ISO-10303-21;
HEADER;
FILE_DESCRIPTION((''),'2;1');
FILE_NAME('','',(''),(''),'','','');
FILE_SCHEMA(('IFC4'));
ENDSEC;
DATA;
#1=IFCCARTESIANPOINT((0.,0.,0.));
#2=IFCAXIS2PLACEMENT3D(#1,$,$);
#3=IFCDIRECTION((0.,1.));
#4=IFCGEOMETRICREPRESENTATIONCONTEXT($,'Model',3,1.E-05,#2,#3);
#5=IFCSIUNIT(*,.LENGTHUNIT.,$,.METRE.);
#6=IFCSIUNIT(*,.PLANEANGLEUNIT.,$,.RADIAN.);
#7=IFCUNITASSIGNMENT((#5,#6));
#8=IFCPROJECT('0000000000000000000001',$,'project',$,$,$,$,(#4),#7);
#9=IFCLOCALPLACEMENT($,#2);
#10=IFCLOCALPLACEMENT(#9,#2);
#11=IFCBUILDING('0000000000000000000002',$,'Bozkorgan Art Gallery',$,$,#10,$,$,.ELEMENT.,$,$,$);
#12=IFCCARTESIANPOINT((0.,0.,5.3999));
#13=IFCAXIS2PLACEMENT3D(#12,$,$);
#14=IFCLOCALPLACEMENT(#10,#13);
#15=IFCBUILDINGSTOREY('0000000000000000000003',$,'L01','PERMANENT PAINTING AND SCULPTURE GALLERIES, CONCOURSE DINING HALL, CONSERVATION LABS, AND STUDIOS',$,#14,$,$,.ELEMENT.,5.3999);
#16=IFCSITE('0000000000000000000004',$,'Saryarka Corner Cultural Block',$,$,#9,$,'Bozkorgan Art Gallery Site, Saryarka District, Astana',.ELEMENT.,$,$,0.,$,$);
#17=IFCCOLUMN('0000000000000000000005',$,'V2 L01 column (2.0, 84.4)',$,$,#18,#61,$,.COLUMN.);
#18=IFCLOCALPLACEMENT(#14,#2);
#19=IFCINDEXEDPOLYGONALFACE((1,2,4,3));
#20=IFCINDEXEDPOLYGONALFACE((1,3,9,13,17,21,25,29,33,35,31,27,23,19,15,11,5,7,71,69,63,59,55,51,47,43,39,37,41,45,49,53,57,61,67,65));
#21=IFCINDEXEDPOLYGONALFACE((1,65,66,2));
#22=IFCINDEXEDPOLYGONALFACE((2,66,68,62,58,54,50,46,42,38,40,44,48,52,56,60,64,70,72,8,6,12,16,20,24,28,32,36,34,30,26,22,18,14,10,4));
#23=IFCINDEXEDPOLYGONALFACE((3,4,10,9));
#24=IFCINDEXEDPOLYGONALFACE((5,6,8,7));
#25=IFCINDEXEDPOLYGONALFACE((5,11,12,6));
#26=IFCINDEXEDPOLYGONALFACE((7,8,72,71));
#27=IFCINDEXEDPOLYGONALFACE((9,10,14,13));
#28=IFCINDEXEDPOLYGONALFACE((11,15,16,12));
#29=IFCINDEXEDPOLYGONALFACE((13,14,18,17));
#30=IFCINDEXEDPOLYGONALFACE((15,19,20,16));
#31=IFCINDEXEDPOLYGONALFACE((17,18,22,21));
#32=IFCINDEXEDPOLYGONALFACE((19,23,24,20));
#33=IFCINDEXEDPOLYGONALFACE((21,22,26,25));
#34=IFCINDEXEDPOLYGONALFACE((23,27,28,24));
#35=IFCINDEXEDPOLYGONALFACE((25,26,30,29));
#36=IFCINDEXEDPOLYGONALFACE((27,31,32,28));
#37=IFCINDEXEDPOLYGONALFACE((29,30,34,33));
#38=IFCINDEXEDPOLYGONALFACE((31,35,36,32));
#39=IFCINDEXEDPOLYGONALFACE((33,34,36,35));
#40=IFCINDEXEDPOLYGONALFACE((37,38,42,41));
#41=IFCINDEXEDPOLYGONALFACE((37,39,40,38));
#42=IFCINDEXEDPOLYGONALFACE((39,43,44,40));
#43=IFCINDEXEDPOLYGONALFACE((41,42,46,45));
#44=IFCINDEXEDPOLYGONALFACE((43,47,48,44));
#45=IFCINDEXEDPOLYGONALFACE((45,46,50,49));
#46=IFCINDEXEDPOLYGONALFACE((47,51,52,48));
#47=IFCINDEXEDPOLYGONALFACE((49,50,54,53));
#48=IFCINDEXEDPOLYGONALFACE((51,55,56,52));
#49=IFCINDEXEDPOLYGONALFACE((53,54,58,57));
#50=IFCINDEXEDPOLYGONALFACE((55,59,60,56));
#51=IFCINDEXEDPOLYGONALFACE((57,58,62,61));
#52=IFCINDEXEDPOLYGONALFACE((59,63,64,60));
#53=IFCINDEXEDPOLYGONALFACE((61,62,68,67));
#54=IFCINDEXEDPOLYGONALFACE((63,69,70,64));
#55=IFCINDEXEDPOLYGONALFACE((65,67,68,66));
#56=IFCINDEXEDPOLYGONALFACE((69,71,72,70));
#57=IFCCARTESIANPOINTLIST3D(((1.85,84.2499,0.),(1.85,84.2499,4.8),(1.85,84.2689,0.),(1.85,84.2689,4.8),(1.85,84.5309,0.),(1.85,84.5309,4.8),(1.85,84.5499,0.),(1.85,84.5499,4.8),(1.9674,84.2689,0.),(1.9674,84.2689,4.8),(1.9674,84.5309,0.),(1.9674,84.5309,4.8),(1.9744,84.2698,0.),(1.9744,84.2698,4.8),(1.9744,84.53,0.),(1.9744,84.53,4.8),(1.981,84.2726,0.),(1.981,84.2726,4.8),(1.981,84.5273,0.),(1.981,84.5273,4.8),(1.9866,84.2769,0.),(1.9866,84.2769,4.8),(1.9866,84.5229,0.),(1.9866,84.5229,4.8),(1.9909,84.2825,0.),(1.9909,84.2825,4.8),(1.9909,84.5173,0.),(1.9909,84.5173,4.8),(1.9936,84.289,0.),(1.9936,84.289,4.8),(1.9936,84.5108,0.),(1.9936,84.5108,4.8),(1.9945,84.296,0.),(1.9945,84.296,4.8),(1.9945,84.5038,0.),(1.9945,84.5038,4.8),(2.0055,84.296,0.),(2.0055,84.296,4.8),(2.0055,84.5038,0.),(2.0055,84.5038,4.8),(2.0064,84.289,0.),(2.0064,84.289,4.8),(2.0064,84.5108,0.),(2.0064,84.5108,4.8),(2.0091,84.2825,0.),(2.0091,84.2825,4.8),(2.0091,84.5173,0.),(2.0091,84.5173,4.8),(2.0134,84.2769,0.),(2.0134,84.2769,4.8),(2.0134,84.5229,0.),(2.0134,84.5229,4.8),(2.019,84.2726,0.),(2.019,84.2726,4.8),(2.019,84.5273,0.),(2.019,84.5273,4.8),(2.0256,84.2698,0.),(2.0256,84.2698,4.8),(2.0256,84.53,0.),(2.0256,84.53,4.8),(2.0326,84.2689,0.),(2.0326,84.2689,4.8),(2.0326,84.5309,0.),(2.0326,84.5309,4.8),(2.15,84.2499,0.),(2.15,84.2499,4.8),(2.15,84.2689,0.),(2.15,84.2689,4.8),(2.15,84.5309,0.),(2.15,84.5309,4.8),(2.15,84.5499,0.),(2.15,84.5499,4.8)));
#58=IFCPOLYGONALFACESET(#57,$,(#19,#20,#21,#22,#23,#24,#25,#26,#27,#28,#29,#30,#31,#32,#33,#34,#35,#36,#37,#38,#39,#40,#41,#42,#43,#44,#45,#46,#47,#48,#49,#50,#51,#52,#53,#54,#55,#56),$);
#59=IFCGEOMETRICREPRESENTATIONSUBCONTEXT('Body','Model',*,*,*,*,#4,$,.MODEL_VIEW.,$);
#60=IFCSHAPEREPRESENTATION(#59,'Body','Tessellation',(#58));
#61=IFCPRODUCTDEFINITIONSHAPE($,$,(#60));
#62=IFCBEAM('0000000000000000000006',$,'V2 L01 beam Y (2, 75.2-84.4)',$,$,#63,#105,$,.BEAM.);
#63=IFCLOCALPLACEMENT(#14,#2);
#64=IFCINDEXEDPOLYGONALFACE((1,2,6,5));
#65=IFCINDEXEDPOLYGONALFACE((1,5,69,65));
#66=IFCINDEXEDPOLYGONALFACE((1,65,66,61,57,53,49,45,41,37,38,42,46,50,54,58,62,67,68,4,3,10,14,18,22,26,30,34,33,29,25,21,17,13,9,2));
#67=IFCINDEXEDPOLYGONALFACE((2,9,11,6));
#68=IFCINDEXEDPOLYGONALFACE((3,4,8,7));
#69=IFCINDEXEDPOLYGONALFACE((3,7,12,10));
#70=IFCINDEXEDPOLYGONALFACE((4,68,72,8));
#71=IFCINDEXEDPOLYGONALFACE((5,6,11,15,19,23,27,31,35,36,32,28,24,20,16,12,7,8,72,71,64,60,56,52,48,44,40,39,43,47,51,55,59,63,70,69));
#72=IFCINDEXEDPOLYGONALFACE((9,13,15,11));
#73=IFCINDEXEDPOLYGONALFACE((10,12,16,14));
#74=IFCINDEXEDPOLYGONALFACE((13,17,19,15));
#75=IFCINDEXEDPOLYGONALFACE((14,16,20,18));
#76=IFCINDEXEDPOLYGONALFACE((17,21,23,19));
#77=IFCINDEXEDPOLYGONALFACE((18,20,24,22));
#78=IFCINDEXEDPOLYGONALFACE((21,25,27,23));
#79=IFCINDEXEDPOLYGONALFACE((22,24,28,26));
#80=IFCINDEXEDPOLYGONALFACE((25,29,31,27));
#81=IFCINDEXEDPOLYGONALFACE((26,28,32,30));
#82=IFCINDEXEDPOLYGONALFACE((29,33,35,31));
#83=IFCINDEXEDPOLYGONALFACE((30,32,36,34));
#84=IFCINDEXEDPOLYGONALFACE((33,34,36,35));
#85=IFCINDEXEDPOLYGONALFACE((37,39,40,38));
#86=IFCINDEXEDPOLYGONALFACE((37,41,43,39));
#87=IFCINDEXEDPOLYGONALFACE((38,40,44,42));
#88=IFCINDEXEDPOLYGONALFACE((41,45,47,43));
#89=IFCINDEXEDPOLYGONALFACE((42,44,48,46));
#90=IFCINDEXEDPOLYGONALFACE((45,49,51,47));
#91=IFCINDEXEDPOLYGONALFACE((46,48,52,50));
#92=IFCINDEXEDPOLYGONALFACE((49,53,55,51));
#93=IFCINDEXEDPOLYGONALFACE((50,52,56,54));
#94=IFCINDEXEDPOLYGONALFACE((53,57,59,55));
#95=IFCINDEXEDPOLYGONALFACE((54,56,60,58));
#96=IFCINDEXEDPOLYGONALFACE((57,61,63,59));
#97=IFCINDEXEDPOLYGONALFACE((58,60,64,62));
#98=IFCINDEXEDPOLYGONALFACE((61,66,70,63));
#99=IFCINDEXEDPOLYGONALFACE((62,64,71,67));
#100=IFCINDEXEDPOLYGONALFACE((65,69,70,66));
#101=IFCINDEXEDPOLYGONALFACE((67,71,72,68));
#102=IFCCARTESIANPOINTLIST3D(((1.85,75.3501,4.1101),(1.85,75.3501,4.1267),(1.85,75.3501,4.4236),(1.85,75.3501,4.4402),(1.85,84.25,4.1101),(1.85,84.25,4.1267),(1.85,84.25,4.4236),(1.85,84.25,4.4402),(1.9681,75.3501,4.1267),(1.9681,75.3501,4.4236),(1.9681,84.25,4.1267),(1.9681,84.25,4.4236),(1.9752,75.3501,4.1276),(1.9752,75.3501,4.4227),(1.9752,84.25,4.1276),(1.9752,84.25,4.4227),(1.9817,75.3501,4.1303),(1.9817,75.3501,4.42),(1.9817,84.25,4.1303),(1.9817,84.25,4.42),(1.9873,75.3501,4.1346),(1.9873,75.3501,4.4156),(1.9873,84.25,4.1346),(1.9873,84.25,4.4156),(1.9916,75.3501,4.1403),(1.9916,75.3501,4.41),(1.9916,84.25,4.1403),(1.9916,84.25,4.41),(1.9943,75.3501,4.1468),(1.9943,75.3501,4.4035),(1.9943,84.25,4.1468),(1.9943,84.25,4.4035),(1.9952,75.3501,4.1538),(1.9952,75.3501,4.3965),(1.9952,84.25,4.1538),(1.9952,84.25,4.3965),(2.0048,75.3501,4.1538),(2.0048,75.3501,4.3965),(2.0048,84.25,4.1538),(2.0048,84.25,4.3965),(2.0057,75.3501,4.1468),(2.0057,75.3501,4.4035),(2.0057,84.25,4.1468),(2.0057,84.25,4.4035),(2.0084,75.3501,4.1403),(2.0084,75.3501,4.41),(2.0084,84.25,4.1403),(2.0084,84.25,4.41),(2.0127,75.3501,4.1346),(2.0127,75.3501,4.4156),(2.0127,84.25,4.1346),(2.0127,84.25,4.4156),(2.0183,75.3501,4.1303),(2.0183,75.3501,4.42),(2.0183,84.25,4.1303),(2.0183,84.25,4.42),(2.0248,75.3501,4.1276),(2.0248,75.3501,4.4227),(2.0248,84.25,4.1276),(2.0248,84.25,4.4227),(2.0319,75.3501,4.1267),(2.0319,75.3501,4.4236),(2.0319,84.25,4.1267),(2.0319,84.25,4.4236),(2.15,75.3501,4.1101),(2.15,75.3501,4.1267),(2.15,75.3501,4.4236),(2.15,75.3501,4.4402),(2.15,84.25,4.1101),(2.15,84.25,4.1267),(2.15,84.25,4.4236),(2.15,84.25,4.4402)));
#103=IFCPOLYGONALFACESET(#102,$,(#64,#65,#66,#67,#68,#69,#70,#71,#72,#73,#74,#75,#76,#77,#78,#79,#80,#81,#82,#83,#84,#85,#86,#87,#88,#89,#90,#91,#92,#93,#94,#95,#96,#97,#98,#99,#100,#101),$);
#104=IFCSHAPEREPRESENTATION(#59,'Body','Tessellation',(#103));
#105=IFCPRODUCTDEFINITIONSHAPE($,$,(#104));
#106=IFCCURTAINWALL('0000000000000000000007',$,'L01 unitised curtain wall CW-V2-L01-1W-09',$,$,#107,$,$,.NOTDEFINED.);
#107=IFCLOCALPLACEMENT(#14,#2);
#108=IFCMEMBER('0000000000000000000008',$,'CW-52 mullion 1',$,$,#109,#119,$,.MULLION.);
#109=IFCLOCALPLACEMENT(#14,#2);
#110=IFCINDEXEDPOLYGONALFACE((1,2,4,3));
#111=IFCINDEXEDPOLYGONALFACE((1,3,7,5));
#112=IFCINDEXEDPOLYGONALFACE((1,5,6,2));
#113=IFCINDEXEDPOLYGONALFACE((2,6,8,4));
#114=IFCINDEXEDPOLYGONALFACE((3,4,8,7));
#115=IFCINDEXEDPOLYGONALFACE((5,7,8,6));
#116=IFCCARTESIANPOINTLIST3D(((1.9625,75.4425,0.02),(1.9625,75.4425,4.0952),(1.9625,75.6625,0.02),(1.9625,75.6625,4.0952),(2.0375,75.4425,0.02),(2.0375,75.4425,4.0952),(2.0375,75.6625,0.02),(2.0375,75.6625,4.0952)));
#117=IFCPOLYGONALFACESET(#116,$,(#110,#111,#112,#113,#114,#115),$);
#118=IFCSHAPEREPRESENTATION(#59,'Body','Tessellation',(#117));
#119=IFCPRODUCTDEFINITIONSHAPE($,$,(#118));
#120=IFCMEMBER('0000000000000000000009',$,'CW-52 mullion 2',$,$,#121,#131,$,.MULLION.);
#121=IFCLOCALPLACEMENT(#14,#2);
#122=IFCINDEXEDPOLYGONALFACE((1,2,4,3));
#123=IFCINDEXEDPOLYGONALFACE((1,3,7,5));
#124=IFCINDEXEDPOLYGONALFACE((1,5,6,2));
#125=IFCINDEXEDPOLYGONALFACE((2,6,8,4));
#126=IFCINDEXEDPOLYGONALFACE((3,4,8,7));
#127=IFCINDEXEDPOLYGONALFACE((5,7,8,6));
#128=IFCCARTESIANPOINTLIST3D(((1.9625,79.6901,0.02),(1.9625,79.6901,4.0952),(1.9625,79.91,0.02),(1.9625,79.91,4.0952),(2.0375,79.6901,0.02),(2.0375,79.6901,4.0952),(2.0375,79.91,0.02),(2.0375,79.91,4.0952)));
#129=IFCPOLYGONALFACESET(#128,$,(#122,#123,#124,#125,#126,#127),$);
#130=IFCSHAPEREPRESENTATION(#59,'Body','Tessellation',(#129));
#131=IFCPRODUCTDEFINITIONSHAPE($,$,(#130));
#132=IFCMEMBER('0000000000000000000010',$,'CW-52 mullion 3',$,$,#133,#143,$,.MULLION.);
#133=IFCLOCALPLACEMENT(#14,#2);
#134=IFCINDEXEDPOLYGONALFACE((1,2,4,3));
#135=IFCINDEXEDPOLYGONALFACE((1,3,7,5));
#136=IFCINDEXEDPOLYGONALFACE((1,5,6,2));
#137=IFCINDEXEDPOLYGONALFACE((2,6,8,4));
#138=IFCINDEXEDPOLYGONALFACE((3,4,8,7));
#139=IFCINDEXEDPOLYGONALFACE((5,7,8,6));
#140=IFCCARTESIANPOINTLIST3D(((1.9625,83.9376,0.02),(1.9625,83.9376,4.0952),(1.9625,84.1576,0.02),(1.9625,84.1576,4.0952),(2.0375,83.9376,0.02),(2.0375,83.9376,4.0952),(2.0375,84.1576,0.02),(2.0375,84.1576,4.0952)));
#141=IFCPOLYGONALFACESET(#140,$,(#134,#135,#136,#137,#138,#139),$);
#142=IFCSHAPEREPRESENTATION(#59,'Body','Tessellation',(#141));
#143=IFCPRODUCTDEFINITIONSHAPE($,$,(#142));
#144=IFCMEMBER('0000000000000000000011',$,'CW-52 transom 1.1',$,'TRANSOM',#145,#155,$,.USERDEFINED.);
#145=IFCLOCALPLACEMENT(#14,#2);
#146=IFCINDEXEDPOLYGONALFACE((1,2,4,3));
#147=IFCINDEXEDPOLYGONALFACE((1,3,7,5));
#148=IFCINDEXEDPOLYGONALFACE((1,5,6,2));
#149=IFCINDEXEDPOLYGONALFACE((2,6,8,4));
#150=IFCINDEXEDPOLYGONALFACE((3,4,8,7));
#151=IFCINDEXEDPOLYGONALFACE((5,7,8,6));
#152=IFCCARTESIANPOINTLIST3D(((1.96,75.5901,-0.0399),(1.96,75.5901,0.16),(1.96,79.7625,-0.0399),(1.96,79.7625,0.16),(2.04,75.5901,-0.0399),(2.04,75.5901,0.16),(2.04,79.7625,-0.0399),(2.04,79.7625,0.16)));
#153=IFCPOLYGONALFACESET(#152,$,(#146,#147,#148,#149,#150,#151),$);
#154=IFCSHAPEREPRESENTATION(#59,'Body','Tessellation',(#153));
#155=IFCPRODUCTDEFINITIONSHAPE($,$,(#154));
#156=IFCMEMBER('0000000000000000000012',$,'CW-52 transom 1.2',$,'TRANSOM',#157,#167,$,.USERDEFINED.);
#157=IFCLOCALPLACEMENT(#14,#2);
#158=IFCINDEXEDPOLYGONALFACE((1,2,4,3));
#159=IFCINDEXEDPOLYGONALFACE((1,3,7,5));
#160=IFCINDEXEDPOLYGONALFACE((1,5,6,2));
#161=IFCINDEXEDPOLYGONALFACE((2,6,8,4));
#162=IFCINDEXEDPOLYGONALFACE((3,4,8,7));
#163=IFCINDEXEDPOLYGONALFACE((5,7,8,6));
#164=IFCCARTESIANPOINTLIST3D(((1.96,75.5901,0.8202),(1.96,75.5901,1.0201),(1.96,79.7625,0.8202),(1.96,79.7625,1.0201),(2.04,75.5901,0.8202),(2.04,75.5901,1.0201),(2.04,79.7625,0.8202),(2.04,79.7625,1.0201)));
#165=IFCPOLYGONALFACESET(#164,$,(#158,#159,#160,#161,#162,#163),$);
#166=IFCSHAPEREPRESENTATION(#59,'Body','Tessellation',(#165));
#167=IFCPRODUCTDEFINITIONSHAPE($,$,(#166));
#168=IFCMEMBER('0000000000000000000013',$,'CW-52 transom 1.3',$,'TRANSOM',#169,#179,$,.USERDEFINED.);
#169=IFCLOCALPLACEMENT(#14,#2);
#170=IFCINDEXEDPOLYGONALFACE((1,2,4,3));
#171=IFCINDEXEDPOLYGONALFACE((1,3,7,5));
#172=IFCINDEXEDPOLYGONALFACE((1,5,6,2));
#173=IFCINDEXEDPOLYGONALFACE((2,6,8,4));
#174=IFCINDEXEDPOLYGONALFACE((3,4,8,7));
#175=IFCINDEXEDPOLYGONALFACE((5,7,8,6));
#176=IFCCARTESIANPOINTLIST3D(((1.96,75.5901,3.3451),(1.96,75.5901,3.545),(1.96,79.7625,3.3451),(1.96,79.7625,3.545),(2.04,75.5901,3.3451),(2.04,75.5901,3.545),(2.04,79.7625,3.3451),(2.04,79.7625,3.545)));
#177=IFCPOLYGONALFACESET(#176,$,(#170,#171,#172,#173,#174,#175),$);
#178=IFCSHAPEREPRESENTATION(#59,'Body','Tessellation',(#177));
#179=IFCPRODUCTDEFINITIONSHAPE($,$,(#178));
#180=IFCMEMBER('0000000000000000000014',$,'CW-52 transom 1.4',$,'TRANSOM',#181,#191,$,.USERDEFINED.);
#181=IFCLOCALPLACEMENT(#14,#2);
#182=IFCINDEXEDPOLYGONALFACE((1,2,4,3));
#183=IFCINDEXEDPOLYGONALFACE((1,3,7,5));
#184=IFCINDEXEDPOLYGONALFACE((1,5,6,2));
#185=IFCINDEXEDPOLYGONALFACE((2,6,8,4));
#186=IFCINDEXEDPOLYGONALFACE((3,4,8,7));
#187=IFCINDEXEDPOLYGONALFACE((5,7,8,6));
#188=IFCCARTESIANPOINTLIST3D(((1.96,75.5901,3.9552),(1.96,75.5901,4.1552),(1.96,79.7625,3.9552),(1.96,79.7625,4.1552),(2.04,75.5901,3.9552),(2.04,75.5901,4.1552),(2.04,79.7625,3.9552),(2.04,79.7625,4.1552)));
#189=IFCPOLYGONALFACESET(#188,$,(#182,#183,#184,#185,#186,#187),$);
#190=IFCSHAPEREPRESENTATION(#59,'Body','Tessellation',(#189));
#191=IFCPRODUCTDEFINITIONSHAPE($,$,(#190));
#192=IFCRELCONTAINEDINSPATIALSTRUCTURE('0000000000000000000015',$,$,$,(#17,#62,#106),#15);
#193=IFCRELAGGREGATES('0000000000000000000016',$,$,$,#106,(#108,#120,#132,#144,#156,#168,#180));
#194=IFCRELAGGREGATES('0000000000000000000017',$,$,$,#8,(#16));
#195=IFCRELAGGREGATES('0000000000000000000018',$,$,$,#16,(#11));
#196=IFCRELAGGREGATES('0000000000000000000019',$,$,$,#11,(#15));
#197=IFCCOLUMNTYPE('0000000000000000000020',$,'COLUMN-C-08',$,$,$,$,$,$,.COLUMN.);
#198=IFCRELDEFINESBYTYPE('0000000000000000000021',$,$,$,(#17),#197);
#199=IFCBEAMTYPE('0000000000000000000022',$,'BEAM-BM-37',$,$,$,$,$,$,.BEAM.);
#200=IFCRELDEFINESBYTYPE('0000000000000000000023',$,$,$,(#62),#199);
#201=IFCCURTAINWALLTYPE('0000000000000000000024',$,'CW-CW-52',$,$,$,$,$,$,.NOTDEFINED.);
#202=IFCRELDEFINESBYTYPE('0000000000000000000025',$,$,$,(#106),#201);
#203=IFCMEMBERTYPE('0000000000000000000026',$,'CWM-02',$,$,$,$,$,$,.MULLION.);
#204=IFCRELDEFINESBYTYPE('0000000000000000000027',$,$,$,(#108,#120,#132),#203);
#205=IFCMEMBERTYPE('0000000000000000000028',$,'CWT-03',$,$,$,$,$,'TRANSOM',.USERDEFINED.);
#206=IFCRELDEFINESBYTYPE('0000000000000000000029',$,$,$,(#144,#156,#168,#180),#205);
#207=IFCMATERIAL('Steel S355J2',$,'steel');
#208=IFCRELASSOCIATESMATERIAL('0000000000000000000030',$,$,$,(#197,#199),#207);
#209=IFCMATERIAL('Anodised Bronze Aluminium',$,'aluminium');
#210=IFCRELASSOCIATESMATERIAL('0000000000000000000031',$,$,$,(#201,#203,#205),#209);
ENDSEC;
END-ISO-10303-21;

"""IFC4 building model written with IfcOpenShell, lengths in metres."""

from ifc_helpers import new_model, si_unit, direction, frame, origin, origin_2d, place, context, subcontext, project, spatial, rectangle, i_section, extrude, material, material_profile, profile_set, type_object, element, aggregate, save


model = new_model("IFC4")

# Units and contexts
model_context = context("Model", 3, precision=1e-05, world=origin(), true_north=direction((0.0, 1.0)))
body_context = subcontext(model_context, "Body", "Model", "MODEL_VIEW")
ifc_project = project(units=[si_unit("LENGTHUNIT", "METRE"), si_unit("PLANEANGLEUNIT", "RADIAN")], contexts=[model_context])

# Site, building, storey
site_placement = place(None, origin())
site = spatial("IfcSite", under=ifc_project, at=site_placement, Name="Saryarka Corner Cultural Block", LongName="Bozkorgan Art Gallery Site, Saryarka District, Astana", CompositionType="ELEMENT", RefElevation=0.0)
building_placement = place(site_placement, origin())
building = spatial("IfcBuilding", under=site, at=building_placement, Name="Bozkorgan Art Gallery", CompositionType="ELEMENT")
storey_placement = place(building_placement, frame((0.0, 0.0, 5.3999)))
storey = spatial("IfcBuildingStorey", under=building, at=storey_placement, Name="L01", Description="PERMANENT PAINTING AND SCULPTURE GALLERIES, CONCOURSE DINING HALL, CONSERVATION LABS, AND STUDIOS", CompositionType="ELEMENT", Elevation=5.3999)

# Column
ifc_material_1 = material(Name="Steel S355J2", Category="steel")
ifc_material_profile_1 = material_profile(ifc_material_1, i_section(OverallWidth=0.3, OverallDepth=0.3, WebThickness=0.011, FlangeThickness=0.019, FilletRadius=0.0271, at=origin_2d()), Name="HEB 300")
ifc_profile_set_1 = profile_set([ifc_material_profile_1], Name="Steel S355J2")
column_type = type_object("IfcColumnType", Name="COLUMN-C-08", PredefinedType="COLUMN", material=ifc_profile_set_1)
column_placement = place(storey_placement, frame((2.0, 84.3999, 0.0), z_axis=(0.0, 0.0, 1.0), x_axis=(1.0, 0.0, 0.0)))
element("IfcColumn", 1, at=column_placement, inside=storey, type_object=column_type, Name="V2 L01 column (2.0, 84.4)", PredefinedType="COLUMN", context=body_context, shape_type="SweptSolid", body=[
    extrude(i_section(OverallWidth=0.3, OverallDepth=0.3, WebThickness=0.011, FlangeThickness=0.019, FilletRadius=0.0271, at=origin_2d()), origin(), (0.0, 0.0, 1.0), 4.8),
])

# Beam
ifc_material_profile_2 = material_profile(ifc_material_1, i_section(OverallWidth=0.3, OverallDepth=0.3301, WebThickness=0.0095, FlangeThickness=0.0166, FilletRadius=0.0271, at=origin_2d()), Name="HEA 340")
ifc_profile_set_2 = profile_set([ifc_material_profile_2], Name="Steel S355J2")
beam_type = type_object("IfcBeamType", Name="BEAM-BM-37", PredefinedType="BEAM", material=ifc_profile_set_2)
beam_placement = place(storey_placement, frame((2.0, 75.3501, 4.2751), z_axis=(0.0, 1.0, 0.0), x_axis=(-1.0, 0.0, 0.0)))
element("IfcBeam", 2, at=beam_placement, inside=storey, type_object=beam_type, Name="V2 L01 beam Y (2, 75.2-84.4)", PredefinedType="BEAM", context=body_context, shape_type="SweptSolid", body=[
    extrude(i_section(OverallWidth=0.3, OverallDepth=0.3301, WebThickness=0.0095, FlangeThickness=0.0166, FilletRadius=0.0271, at=origin_2d()), origin(), (0.0, 0.0, 1.0), 8.8999),
])

# Curtain wall, members
ifc_material_2 = material(Name="Anodised Bronze Aluminium", Category="aluminium")
curtain_wall_type = type_object("IfcCurtainWallType", Name="CW-CW-52", PredefinedType="NOTDEFINED", material=ifc_material_2)
curtain_wall_placement = place(storey_placement, origin())
curtain_wall = element("IfcCurtainWall", 3, at=curtain_wall_placement, inside=storey, type_object=curtain_wall_type, Name="L01 unitised curtain wall CW-V2-L01-1W-09", PredefinedType="NOTDEFINED")
ifc_material_profile_3 = material_profile(ifc_material_2, rectangle(XDim=0.075, YDim=0.22, at=origin_2d()), Name="ALU MULLION 75x220")
ifc_profile_set_3 = profile_set([ifc_material_profile_3], Name="Anodised Bronze Aluminium")
member_type_1 = type_object("IfcMemberType", Name="CWM-02", PredefinedType="MULLION", material=ifc_profile_set_3)
member_1_placement = place(storey_placement, frame((2.0, 75.5525, 0.02), z_axis=(0.0, 0.0, 1.0), x_axis=(-1.0, 0.0, 0.0)))
member_1 = element("IfcMember", 4, at=member_1_placement, type_object=member_type_1, Name="CW-52 mullion 1", PredefinedType="MULLION", context=body_context, shape_type="SweptSolid", body=[
    extrude(rectangle(XDim=0.075, YDim=0.22, at=origin_2d()), origin(), (0.0, 0.0, 1.0), 4.0752),
])
member_2_placement = place(storey_placement, frame((2.0, 79.8, 0.02), z_axis=(0.0, 0.0, 1.0), x_axis=(-1.0, 0.0, 0.0)))
member_2 = element("IfcMember", 5, at=member_2_placement, type_object=member_type_1, Name="CW-52 mullion 2", PredefinedType="MULLION", context=body_context, shape_type="SweptSolid", body=[
    extrude(rectangle(XDim=0.075, YDim=0.22, at=origin_2d()), origin(), (0.0, 0.0, 1.0), 4.0752),
])
member_3_placement = place(storey_placement, frame((2.0, 84.0476, 0.02), z_axis=(0.0, 0.0, 1.0), x_axis=(-1.0, 0.0, 0.0)))
member_3 = element("IfcMember", 6, at=member_3_placement, type_object=member_type_1, Name="CW-52 mullion 3", PredefinedType="MULLION", context=body_context, shape_type="SweptSolid", body=[
    extrude(rectangle(XDim=0.075, YDim=0.22, at=origin_2d()), origin(), (0.0, 0.0, 1.0), 4.0752),
])
ifc_material_profile_4 = material_profile(ifc_material_2, rectangle(XDim=0.0801, YDim=0.2, at=origin_2d()), Name="ALU TRANSOM 80x200")
ifc_profile_set_4 = profile_set([ifc_material_profile_4], Name="Anodised Bronze Aluminium")
member_type_2 = type_object("IfcMemberType", Name="CWT-03", ElementType="TRANSOM", PredefinedType="USERDEFINED", material=ifc_profile_set_4)
member_4_placement = place(storey_placement, frame((2.0, 75.5901, 0.0601), z_axis=(0.0, 1.0, 0.0), x_axis=(-1.0, 0.0, 0.0)))
member_4 = element("IfcMember", 7, at=member_4_placement, type_object=member_type_2, Name="CW-52 transom 1.1", ObjectType="TRANSOM", PredefinedType="USERDEFINED", context=body_context, shape_type="SweptSolid", body=[
    extrude(rectangle(XDim=0.0801, YDim=0.2, at=origin_2d()), origin(), (0.0, 0.0, 1.0), 4.1724),
])
member_5_placement = place(storey_placement, frame((2.0, 75.5901, 0.9202), z_axis=(0.0, 1.0, 0.0), x_axis=(-1.0, 0.0, 0.0)))
member_5 = element("IfcMember", 8, at=member_5_placement, type_object=member_type_2, Name="CW-52 transom 1.2", ObjectType="TRANSOM", PredefinedType="USERDEFINED", context=body_context, shape_type="SweptSolid", body=[
    extrude(rectangle(XDim=0.0801, YDim=0.2, at=origin_2d()), origin(), (0.0, 0.0, 1.0), 4.1724),
])
member_6_placement = place(storey_placement, frame((2.0, 75.5901, 3.4451), z_axis=(0.0, 1.0, 0.0), x_axis=(-1.0, 0.0, 0.0)))
member_6 = element("IfcMember", 9, at=member_6_placement, type_object=member_type_2, Name="CW-52 transom 1.3", ObjectType="TRANSOM", PredefinedType="USERDEFINED", context=body_context, shape_type="SweptSolid", body=[
    extrude(rectangle(XDim=0.0801, YDim=0.2, at=origin_2d()), origin(), (0.0, 0.0, 1.0), 4.1724),
])
member_7_placement = place(storey_placement, frame((2.0, 75.5901, 4.0552), z_axis=(0.0, 1.0, 0.0), x_axis=(-1.0, 0.0, 0.0)))
member_7 = element("IfcMember", 10, at=member_7_placement, type_object=member_type_2, Name="CW-52 transom 1.4", ObjectType="TRANSOM", PredefinedType="USERDEFINED", context=body_context, shape_type="SweptSolid", body=[
    extrude(rectangle(XDim=0.0801, YDim=0.2, at=origin_2d()), origin(), (0.0, 0.0, 1.0), 4.1724),
])
aggregate(curtain_wall, [member_1, member_2, member_3, member_4, member_5, member_6, member_7])

save(model, "model.ifc")
